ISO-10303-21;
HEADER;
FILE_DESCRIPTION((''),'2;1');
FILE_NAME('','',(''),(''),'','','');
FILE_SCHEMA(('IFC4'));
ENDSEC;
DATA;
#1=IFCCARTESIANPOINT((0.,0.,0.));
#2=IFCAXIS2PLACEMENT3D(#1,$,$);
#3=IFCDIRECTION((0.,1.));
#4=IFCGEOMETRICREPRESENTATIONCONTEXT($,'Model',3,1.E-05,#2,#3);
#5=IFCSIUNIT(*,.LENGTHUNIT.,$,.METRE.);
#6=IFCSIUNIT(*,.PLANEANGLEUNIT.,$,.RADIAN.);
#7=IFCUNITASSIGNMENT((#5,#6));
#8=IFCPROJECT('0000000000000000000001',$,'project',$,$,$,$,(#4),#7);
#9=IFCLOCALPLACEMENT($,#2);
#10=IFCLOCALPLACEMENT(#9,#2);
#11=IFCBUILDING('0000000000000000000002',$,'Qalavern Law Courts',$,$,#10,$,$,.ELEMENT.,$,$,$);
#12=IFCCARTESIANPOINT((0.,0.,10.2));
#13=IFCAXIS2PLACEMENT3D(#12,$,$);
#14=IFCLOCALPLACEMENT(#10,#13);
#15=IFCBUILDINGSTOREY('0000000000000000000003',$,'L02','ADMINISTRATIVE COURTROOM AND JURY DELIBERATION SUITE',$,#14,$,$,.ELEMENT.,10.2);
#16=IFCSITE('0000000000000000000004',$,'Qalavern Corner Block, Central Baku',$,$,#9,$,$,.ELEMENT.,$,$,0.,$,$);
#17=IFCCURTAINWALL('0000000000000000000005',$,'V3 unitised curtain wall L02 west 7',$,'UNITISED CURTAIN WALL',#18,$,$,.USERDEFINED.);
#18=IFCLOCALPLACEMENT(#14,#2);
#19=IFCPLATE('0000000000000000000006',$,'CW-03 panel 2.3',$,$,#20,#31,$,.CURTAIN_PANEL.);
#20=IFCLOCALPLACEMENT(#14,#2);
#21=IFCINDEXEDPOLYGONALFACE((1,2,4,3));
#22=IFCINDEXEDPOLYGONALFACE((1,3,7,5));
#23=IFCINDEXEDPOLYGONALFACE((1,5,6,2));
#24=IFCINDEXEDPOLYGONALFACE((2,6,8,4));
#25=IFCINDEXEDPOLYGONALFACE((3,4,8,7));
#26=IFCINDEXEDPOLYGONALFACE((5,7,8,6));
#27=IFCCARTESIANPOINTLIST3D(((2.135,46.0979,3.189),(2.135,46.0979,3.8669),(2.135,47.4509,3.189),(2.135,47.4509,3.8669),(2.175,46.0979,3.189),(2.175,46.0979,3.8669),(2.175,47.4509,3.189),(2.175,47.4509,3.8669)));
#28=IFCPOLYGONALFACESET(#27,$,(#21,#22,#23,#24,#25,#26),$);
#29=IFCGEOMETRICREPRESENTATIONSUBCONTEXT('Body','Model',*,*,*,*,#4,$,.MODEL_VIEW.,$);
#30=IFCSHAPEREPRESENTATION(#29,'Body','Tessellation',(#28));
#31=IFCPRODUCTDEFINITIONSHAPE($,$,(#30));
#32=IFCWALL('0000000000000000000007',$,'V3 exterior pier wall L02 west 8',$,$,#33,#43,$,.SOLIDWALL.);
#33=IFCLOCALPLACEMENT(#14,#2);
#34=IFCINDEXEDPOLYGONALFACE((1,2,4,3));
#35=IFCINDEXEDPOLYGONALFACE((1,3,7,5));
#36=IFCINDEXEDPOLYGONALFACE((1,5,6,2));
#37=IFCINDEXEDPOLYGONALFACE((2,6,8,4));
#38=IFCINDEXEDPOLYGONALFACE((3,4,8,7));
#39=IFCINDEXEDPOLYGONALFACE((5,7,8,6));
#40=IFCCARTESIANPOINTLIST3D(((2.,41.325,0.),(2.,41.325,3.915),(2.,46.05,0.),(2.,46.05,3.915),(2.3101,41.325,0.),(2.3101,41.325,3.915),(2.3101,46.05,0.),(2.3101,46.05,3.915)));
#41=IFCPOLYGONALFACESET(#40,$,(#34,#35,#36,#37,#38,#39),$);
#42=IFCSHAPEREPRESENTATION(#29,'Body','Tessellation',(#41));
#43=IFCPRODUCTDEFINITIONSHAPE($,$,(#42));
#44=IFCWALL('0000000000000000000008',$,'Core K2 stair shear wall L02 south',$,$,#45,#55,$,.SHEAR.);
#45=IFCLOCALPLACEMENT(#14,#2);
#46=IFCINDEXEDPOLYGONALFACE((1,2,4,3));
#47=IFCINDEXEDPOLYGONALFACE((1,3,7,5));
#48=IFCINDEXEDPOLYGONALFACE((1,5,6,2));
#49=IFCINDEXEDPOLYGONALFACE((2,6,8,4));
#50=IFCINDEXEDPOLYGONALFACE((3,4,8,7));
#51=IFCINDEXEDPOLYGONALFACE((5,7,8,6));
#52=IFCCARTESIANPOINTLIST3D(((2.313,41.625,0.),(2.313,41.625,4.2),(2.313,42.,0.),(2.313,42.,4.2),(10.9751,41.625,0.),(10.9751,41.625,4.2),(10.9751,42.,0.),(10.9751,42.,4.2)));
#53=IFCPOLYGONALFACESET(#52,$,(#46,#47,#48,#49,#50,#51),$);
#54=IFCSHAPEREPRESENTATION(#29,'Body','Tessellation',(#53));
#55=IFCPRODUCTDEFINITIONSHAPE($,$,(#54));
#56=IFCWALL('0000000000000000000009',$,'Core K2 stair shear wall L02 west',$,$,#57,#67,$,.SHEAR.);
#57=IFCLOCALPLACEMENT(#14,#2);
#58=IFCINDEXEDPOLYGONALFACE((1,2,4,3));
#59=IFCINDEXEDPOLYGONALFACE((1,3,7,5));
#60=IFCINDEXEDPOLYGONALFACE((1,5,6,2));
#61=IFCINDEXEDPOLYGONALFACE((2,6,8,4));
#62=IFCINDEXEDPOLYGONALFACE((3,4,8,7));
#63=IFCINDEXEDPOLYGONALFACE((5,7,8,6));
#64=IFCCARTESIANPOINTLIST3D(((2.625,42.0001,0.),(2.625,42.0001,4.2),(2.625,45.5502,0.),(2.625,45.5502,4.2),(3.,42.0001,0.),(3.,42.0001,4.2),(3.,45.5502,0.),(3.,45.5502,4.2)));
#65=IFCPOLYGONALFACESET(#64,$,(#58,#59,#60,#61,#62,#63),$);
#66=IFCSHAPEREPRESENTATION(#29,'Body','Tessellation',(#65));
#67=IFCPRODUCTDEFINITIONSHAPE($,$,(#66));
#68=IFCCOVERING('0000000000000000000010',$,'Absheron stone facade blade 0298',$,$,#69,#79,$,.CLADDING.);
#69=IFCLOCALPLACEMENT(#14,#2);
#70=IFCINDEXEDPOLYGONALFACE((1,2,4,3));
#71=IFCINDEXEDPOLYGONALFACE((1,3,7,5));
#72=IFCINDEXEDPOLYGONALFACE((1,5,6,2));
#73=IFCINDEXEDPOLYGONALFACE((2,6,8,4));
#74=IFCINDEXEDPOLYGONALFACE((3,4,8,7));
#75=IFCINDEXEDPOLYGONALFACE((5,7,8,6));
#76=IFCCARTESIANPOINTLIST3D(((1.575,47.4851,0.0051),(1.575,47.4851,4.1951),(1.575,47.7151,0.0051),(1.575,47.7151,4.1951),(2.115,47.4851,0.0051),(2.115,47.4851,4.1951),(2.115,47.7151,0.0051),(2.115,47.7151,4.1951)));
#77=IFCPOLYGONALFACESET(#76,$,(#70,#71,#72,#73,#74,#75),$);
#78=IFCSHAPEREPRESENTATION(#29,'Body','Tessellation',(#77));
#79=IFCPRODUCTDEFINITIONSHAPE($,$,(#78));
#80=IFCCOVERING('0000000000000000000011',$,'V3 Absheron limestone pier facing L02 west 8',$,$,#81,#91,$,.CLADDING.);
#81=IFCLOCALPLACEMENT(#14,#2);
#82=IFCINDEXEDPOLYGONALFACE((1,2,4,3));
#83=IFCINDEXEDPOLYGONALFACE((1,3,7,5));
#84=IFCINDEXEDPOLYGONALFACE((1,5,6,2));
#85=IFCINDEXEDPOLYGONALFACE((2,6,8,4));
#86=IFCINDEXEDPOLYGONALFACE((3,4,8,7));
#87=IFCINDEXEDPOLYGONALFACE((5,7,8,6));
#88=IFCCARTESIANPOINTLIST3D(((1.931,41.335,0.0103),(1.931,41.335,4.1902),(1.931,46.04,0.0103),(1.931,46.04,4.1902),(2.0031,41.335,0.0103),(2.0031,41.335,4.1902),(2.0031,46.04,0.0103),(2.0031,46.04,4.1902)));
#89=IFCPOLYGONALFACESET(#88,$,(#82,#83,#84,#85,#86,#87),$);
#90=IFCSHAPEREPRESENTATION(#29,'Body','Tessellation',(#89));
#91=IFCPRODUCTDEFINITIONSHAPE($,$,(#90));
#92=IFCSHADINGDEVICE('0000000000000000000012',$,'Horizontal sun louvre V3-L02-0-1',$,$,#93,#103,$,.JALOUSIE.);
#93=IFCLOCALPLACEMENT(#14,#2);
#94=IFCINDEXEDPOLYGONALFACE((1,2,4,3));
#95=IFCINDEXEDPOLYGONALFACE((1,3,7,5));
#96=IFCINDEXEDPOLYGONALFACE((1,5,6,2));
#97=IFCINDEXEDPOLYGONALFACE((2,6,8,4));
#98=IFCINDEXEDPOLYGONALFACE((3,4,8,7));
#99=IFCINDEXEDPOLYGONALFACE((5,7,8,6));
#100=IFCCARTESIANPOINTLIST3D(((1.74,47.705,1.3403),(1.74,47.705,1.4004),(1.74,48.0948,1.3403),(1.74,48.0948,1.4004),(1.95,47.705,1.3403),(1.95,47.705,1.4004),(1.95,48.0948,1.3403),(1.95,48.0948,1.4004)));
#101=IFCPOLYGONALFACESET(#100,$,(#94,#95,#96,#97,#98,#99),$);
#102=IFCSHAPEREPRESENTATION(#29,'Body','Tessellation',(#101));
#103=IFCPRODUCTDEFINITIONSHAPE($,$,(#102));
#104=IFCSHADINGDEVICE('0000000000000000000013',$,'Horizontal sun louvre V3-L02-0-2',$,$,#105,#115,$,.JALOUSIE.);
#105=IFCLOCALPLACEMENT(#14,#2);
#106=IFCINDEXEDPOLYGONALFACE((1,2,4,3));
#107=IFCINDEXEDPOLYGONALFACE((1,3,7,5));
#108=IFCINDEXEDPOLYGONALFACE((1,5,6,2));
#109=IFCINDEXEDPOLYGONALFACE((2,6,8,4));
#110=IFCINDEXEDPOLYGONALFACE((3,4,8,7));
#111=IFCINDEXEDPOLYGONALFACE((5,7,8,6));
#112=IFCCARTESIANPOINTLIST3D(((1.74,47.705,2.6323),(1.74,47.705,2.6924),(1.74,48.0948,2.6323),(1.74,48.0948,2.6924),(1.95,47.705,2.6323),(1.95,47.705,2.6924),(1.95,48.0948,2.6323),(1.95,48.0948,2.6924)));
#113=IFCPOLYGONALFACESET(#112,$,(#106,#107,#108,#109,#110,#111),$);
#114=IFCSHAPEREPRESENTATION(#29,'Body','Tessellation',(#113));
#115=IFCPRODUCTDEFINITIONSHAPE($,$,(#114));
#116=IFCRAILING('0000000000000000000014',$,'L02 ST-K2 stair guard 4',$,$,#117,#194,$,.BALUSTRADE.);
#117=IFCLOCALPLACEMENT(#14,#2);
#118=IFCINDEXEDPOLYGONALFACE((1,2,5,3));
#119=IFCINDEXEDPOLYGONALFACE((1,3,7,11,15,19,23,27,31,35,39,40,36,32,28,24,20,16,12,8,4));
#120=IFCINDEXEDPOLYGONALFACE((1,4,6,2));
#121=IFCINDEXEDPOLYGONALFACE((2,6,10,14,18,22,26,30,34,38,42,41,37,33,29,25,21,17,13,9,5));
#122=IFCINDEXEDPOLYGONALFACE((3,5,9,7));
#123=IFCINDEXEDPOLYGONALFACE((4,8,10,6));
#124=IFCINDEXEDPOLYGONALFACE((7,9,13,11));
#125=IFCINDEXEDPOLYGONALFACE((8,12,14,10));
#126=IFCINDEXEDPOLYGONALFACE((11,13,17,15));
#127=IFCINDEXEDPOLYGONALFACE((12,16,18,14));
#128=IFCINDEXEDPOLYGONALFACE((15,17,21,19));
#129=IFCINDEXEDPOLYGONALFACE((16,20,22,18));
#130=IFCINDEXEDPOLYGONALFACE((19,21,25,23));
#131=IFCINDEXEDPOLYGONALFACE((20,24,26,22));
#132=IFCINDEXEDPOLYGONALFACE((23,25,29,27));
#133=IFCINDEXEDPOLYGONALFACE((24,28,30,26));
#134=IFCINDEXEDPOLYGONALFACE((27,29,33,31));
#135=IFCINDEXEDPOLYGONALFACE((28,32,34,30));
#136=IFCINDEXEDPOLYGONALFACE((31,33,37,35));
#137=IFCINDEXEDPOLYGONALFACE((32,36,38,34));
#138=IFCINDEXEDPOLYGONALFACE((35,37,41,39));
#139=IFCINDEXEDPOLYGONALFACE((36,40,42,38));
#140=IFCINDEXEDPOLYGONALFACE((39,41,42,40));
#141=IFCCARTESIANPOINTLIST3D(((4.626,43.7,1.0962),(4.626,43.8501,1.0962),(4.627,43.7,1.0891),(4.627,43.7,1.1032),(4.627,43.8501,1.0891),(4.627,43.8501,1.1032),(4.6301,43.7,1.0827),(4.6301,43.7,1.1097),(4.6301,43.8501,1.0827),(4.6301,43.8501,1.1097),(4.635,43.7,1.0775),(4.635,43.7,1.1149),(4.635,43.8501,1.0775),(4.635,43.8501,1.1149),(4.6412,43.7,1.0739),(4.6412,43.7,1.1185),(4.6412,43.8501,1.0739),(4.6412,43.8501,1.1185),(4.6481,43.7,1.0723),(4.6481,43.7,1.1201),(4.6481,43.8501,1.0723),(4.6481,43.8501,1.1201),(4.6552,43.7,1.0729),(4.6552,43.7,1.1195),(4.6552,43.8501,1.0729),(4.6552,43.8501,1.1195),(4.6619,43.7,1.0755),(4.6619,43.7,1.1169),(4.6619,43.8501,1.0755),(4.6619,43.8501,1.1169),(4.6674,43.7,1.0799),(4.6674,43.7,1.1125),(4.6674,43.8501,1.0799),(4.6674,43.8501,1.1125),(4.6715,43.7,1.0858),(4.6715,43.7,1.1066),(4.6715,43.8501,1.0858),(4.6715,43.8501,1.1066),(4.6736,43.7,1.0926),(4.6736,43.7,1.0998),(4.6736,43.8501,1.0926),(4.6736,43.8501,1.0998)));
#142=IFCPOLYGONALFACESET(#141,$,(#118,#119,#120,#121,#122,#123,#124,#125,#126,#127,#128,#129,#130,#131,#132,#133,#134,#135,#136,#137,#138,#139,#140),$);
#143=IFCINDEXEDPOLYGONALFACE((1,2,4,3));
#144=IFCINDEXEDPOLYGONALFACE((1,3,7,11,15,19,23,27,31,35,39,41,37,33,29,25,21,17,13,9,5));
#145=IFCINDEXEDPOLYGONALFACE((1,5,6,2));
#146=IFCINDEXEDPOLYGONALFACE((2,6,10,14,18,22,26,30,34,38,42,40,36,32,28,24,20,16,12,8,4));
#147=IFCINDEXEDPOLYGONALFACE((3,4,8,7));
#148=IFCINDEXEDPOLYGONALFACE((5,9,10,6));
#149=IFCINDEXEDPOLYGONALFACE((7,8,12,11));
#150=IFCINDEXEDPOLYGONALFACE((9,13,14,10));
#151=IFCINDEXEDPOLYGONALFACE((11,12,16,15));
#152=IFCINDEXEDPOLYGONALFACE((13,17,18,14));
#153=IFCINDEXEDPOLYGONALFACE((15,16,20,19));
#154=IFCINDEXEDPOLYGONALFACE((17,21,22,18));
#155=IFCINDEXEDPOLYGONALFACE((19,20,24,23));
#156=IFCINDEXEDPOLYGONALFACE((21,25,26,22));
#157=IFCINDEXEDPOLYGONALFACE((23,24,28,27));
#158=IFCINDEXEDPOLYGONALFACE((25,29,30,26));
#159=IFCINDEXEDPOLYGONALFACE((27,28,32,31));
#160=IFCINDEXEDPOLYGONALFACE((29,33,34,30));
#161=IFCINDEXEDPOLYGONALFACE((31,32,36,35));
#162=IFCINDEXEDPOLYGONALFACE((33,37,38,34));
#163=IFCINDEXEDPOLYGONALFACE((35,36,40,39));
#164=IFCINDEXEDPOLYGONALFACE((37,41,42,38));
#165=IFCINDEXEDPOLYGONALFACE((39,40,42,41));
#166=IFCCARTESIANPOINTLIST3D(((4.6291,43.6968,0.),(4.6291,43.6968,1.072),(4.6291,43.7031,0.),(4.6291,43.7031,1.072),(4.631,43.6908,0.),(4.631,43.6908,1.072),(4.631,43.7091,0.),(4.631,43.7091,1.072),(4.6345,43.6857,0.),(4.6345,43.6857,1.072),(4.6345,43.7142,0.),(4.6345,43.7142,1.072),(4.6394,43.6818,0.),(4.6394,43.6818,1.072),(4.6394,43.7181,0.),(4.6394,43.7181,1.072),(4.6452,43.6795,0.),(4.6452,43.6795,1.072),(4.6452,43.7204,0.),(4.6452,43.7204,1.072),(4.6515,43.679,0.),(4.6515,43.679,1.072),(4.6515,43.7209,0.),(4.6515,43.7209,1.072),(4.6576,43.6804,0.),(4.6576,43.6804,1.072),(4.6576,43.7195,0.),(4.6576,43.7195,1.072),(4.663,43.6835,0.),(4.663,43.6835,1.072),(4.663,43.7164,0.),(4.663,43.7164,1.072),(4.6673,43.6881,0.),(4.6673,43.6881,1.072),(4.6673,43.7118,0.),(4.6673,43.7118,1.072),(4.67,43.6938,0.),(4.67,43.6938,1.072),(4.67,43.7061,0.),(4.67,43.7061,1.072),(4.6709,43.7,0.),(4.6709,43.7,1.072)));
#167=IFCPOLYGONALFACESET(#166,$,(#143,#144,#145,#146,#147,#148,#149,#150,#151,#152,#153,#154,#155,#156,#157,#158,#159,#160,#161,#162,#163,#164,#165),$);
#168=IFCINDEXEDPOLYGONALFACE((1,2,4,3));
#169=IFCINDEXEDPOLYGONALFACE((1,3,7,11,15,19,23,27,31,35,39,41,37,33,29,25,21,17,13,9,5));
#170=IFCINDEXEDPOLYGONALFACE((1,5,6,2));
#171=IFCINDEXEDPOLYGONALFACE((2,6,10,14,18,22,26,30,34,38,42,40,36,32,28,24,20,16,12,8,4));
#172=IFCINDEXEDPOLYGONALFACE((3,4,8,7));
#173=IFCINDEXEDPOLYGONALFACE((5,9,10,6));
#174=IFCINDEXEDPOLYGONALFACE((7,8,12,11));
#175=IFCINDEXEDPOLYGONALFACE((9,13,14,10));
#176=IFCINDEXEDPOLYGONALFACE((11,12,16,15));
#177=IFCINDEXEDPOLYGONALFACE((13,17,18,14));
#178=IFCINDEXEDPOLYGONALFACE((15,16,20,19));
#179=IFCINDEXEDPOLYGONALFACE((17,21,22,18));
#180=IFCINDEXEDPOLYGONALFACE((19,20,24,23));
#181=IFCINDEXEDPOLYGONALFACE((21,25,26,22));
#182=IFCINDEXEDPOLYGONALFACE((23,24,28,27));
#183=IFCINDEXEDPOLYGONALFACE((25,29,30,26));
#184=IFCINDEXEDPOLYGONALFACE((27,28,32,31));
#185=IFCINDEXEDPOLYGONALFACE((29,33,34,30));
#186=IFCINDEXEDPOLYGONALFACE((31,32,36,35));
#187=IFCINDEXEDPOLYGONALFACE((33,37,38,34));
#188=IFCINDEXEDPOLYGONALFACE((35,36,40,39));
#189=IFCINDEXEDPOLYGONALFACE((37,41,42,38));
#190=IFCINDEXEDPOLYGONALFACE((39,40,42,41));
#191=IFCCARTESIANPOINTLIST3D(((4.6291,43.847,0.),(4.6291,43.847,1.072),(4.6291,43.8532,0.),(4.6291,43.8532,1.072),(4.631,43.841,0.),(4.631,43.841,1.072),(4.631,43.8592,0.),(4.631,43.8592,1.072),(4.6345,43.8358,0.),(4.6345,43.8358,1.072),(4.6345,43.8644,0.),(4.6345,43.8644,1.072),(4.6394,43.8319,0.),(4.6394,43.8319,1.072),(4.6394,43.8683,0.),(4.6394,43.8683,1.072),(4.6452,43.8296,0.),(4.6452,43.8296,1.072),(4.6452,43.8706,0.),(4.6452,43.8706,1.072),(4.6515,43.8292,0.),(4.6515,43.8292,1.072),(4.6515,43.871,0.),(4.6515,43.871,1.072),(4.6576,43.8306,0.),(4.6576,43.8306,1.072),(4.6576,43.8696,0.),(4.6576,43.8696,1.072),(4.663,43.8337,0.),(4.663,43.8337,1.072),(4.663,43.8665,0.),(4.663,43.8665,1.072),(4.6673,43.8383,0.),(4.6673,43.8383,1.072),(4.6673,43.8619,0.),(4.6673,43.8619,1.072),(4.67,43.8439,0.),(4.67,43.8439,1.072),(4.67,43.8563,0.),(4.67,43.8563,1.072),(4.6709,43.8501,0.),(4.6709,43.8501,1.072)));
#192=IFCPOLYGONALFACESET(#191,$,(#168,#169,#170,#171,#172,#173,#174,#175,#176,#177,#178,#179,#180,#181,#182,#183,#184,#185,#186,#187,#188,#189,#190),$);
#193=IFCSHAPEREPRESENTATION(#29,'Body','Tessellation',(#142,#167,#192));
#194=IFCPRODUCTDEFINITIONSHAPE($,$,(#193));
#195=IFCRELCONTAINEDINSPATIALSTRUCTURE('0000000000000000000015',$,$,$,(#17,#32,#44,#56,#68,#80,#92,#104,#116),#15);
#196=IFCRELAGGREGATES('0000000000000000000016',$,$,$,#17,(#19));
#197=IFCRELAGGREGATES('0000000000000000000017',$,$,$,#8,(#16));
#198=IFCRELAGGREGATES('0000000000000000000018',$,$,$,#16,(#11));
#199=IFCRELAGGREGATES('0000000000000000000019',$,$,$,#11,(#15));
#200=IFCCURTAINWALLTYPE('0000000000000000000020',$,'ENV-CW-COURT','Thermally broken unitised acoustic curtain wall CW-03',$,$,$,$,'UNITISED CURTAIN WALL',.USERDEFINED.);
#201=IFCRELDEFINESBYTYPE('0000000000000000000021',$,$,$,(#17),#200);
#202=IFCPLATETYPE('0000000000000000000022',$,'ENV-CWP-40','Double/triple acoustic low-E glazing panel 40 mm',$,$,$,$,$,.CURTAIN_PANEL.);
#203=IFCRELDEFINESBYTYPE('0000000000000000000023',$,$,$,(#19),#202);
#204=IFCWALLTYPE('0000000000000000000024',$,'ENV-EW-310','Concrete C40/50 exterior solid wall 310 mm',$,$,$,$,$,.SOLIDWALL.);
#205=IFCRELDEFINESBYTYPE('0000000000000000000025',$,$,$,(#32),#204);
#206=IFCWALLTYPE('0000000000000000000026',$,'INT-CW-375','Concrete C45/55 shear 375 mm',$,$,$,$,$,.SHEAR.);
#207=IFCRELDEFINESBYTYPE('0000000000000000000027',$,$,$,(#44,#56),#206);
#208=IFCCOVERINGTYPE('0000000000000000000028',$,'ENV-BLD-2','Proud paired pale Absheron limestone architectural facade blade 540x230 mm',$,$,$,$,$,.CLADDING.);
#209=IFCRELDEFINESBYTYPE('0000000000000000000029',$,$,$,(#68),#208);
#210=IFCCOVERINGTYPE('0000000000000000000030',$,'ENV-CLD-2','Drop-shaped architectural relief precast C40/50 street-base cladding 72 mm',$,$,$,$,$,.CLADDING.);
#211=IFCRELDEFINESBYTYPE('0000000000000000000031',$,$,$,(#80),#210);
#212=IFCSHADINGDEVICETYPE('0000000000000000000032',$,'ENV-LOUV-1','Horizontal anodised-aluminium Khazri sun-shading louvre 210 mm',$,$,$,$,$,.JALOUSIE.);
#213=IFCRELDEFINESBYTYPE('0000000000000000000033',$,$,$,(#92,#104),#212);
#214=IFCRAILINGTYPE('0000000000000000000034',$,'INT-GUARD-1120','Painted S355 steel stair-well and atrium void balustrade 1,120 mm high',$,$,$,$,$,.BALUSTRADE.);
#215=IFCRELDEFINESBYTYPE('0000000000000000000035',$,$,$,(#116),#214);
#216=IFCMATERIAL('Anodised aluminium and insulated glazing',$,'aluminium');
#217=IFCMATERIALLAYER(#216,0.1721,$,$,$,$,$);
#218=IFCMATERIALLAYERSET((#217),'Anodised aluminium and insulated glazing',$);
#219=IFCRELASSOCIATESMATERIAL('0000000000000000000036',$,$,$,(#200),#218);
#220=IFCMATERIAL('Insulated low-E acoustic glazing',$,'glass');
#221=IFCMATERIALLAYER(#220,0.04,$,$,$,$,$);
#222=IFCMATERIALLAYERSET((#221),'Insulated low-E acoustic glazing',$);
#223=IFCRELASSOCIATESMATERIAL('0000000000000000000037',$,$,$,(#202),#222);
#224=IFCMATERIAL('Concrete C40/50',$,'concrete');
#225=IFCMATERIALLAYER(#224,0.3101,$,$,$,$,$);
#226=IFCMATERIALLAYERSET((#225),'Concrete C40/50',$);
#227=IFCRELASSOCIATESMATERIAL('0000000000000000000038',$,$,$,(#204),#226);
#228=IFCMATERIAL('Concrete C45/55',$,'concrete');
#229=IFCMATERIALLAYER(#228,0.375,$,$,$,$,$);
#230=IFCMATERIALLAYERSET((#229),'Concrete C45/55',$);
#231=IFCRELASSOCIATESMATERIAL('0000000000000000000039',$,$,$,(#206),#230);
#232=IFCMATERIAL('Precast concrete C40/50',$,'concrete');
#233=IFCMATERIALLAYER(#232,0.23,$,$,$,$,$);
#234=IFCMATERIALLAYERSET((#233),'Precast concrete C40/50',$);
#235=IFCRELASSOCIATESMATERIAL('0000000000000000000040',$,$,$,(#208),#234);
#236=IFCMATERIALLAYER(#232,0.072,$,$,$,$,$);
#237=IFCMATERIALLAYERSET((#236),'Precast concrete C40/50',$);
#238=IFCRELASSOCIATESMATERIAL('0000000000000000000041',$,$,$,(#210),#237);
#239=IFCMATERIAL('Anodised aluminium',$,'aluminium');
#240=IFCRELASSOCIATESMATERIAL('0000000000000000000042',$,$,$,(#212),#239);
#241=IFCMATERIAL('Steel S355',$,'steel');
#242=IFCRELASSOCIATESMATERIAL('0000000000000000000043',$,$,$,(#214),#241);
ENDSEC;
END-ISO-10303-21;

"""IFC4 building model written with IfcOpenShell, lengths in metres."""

from ifc_helpers import new_model, si_unit, direction, frame, frame_2d, origin, origin_2d, place, context, subcontext, project, spatial, rectangle, circle, extrude, material, layer, layer_set, type_object, element, aggregate, save


model = new_model("IFC4")

# Units and contexts
model_context = context("Model", 3, precision=1e-05, world=origin(), true_north=direction((0.0, 1.0)))
body_context = subcontext(model_context, "Body", "Model", "MODEL_VIEW")
ifc_project = project(units=[si_unit("LENGTHUNIT", "METRE"), si_unit("PLANEANGLEUNIT", "RADIAN")], contexts=[model_context])

# Site, building, storey
site_placement = place(None, origin())
site = spatial("IfcSite", under=ifc_project, at=site_placement, Name="Qalavern Corner Block, Central Baku", CompositionType="ELEMENT", RefElevation=0.0)
building_placement = place(site_placement, origin())
building = spatial("IfcBuilding", under=site, at=building_placement, Name="Qalavern Law Courts", CompositionType="ELEMENT")
storey_placement = place(building_placement, frame((0.0, 0.0, 10.2)))
storey = spatial("IfcBuildingStorey", under=building, at=storey_placement, Name="L02", Description="ADMINISTRATIVE COURTROOM AND JURY DELIBERATION SUITE", CompositionType="ELEMENT", Elevation=10.2)

# Shared definitions
ifc_material_1 = material(Name="Concrete C45/55", Category="concrete")

# Curtain wall
ifc_material_2 = material(Name="Anodised aluminium and insulated glazing", Category="aluminium")
ifc_layer_1 = layer(ifc_material_2, 0.1721)
ifc_layer_set_1 = layer_set([ifc_layer_1], Name="Anodised aluminium and insulated glazing")
curtain_wall_type = type_object("IfcCurtainWallType", Name="ENV-CW-COURT", Description="Thermally broken unitised acoustic curtain wall CW-03", ElementType="UNITISED CURTAIN WALL", PredefinedType="USERDEFINED", material=ifc_layer_set_1)
curtain_wall_placement = place(storey_placement, origin())
curtain_wall = element("IfcCurtainWall", 1, at=curtain_wall_placement, inside=storey, type_object=curtain_wall_type, Name="V3 unitised curtain wall L02 west 7", ObjectType="UNITISED CURTAIN WALL", PredefinedType="USERDEFINED")
ifc_material_3 = material(Name="Anodised aluminium", Category="aluminium")

# Shared definitions
ifc_material_4 = material(Name="Concrete C40/50", Category="concrete")

# Plate
ifc_material_5 = material(Name="Insulated low-E acoustic glazing", Category="glass")
ifc_layer_2 = layer(ifc_material_5, 0.04)
ifc_layer_set_2 = layer_set([ifc_layer_2], Name="Insulated low-E acoustic glazing")
plate_type = type_object("IfcPlateType", Name="ENV-CWP-40", Description="Double/triple acoustic low-E glazing panel 40 mm", PredefinedType="CURTAIN_PANEL", material=ifc_layer_set_2)
plate_1_placement = place(storey_placement, frame((2.155, 46.7744, 3.189), z_axis=(0.0, 0.0, 1.0), x_axis=(0.0, -1.0, 0.0)))
plate_1 = element("IfcPlate", 2, at=plate_1_placement, type_object=plate_type, Name="CW-03 panel 2.3", PredefinedType="CURTAIN_PANEL", context=body_context, shape_type="SweptSolid", body=[
    extrude(rectangle(XDim=1.353, YDim=0.04, at=origin_2d()), origin(), (0.0, 0.0, 1.0), 0.678),
])
aggregate(curtain_wall, [plate_1])

# Walls
ifc_layer_3 = layer(ifc_material_4, 0.3101)
ifc_layer_set_3 = layer_set([ifc_layer_3], Name="Concrete C40/50")
wall_type_1 = type_object("IfcWallType", Name="ENV-EW-310", Description="Concrete C40/50 exterior solid wall 310 mm", PredefinedType="SOLIDWALL", material=ifc_layer_set_3)
wall_1_placement = place(storey_placement, frame((2.155, 46.05, 0.0), z_axis=(0.0, 0.0, 1.0), x_axis=(0.0, -1.0, 0.0)))
element("IfcWall", 3, at=wall_1_placement, inside=storey, type_object=wall_type_1, Name="V3 exterior pier wall L02 west 8", PredefinedType="SOLIDWALL", context=body_context, shape_type="SweptSolid", body=[
    extrude(rectangle(XDim=4.7251, YDim=0.3101, at=frame_2d((2.3625, 0.0))), origin(), (0.0, 0.0, 1.0), 3.915),
])
ifc_layer_4 = layer(ifc_material_1, 0.375)
ifc_layer_set_4 = layer_set([ifc_layer_4], Name="Concrete C45/55")
wall_type_2 = type_object("IfcWallType", Name="INT-CW-375", Description="Concrete C45/55 shear 375 mm", PredefinedType="SHEAR", material=ifc_layer_set_4)
wall_2_placement = place(storey_placement, frame((2.313, 41.8125, 0.0), z_axis=(0.0, 0.0, 1.0), x_axis=(1.0, 0.0, 0.0)))
element("IfcWall", 4, at=wall_2_placement, inside=storey, type_object=wall_type_2, Name="Core K2 stair shear wall L02 south", PredefinedType="SHEAR", context=body_context, shape_type="SweptSolid", body=[
    extrude(rectangle(XDim=8.6621, YDim=0.375, at=frame_2d((4.3311, 0.0))), origin(), (0.0, 0.0, 1.0), 4.2),
])
wall_3_placement = place(storey_placement, frame((2.8125, 45.55, 0.0), z_axis=(0.0, 0.0, 1.0), x_axis=(0.0, -1.0, 0.0)))
element("IfcWall", 5, at=wall_3_placement, inside=storey, type_object=wall_type_2, Name="Core K2 stair shear wall L02 west", PredefinedType="SHEAR", context=body_context, shape_type="SweptSolid", body=[
    extrude(rectangle(XDim=3.55, YDim=0.375, at=frame_2d((1.7749, 0.0))), origin(), (0.0, 0.0, 1.0), 4.2),
])

# Coverings
ifc_material_6 = material(Name="Precast concrete C40/50", Category="concrete")
ifc_layer_5 = layer(ifc_material_6, 0.23)
ifc_layer_set_5 = layer_set([ifc_layer_5], Name="Precast concrete C40/50")
covering_type_1 = type_object("IfcCoveringType", Name="ENV-BLD-2", Description="Proud paired pale Absheron limestone architectural facade blade 540x230 mm", PredefinedType="CLADDING", material=ifc_layer_set_5)
covering_1_placement = place(storey_placement, frame((1.845, 47.6001, 0.0051), z_axis=(0.0, 0.0, 1.0), x_axis=(-1.0, 0.0, 0.0)))
element("IfcCovering", 6, at=covering_1_placement, inside=storey, type_object=covering_type_1, Name="Absheron stone facade blade 0298", PredefinedType="CLADDING", context=body_context, shape_type="SweptSolid", body=[
    extrude(rectangle(XDim=0.54, YDim=0.23, at=origin_2d()), origin(), (0.0, 0.0, 1.0), 4.1899),
])
ifc_layer_6 = layer(ifc_material_6, 0.072)
ifc_layer_set_6 = layer_set([ifc_layer_6], Name="Precast concrete C40/50")
covering_type_2 = type_object("IfcCoveringType", Name="ENV-CLD-2", Description="Drop-shaped architectural relief precast C40/50 street-base cladding 72 mm", PredefinedType="CLADDING", material=ifc_layer_set_6)
covering_2_placement = place(storey_placement, frame((1.967, 43.6875, 0.0103), z_axis=(0.0, 0.0, 1.0), x_axis=(0.0, -1.0, 0.0)))
element("IfcCovering", 7, at=covering_2_placement, inside=storey, type_object=covering_type_2, Name="V3 Absheron limestone pier facing L02 west 8", PredefinedType="CLADDING", context=body_context, shape_type="SweptSolid", body=[
    extrude(rectangle(XDim=4.7051, YDim=0.072, at=origin_2d()), origin(), (0.0, 0.0, 1.0), 4.1799),
])

# Shading devices
shading_device_type = type_object("IfcShadingDeviceType", Name="ENV-LOUV-1", Description="Horizontal anodised-aluminium Khazri sun-shading louvre 210 mm", PredefinedType="JALOUSIE", material=ifc_material_3)
for number, where, z_axis, x_axis, name in (
    (8, (1.845, 47.8999, 1.3403), (0.0, 0.0, 1.0), (0.0, -1.0, 0.0), "Horizontal sun louvre V3-L02-0-1"),
    (9, (1.845, 47.8999, 2.6323), (0.0, 0.0, 1.0), (0.0, -1.0, 0.0), "Horizontal sun louvre V3-L02-0-2"),
):
    element("IfcShadingDevice", number, at=place(storey_placement, frame(where, z_axis=z_axis, x_axis=x_axis)), inside=storey, type_object=shading_device_type, Name=name, PredefinedType="JALOUSIE", context=body_context, shape_type="SweptSolid", body=[
        extrude(rectangle(XDim=0.3899, YDim=0.21, at=origin_2d()), origin(), (0.0, 0.0, 1.0), 0.0601),
    ])

# Railing
ifc_material_7 = material(Name="Steel S355", Category="steel")
railing_type = type_object("IfcRailingType", Name="INT-GUARD-1120", Description="Painted S355 steel stair-well and atrium void balustrade 1,120 mm high", PredefinedType="BALUSTRADE", material=ifc_material_7)
railing_placement = place(storey_placement, frame((4.6499, 43.7, 0.0)))
element("IfcRailing", 10, at=railing_placement, inside=storey, type_object=railing_type, Name="L02 ST-K2 stair guard 4", PredefinedType="BALUSTRADE", context=body_context, shape_type="SweptSolid", body=[
    extrude(circle(Radius=0.0239, at=origin_2d()), frame((0.0, 0.0, 1.0962), z_axis=(0.0, 1.0, 0.0), x_axis=(-1.0, 0.0, 0.0)), (0.0, 0.0, 1.0), 0.1501),
    extrude(circle(Radius=0.021, at=origin_2d()), origin(), (0.0, 0.0, 1.0), 1.072),
    extrude(circle(Radius=0.021, at=origin_2d()), frame((0.0, 0.1501, 0.0)), (0.0, 0.0, 1.0), 1.072),
])

save(model, "model.ifc")
